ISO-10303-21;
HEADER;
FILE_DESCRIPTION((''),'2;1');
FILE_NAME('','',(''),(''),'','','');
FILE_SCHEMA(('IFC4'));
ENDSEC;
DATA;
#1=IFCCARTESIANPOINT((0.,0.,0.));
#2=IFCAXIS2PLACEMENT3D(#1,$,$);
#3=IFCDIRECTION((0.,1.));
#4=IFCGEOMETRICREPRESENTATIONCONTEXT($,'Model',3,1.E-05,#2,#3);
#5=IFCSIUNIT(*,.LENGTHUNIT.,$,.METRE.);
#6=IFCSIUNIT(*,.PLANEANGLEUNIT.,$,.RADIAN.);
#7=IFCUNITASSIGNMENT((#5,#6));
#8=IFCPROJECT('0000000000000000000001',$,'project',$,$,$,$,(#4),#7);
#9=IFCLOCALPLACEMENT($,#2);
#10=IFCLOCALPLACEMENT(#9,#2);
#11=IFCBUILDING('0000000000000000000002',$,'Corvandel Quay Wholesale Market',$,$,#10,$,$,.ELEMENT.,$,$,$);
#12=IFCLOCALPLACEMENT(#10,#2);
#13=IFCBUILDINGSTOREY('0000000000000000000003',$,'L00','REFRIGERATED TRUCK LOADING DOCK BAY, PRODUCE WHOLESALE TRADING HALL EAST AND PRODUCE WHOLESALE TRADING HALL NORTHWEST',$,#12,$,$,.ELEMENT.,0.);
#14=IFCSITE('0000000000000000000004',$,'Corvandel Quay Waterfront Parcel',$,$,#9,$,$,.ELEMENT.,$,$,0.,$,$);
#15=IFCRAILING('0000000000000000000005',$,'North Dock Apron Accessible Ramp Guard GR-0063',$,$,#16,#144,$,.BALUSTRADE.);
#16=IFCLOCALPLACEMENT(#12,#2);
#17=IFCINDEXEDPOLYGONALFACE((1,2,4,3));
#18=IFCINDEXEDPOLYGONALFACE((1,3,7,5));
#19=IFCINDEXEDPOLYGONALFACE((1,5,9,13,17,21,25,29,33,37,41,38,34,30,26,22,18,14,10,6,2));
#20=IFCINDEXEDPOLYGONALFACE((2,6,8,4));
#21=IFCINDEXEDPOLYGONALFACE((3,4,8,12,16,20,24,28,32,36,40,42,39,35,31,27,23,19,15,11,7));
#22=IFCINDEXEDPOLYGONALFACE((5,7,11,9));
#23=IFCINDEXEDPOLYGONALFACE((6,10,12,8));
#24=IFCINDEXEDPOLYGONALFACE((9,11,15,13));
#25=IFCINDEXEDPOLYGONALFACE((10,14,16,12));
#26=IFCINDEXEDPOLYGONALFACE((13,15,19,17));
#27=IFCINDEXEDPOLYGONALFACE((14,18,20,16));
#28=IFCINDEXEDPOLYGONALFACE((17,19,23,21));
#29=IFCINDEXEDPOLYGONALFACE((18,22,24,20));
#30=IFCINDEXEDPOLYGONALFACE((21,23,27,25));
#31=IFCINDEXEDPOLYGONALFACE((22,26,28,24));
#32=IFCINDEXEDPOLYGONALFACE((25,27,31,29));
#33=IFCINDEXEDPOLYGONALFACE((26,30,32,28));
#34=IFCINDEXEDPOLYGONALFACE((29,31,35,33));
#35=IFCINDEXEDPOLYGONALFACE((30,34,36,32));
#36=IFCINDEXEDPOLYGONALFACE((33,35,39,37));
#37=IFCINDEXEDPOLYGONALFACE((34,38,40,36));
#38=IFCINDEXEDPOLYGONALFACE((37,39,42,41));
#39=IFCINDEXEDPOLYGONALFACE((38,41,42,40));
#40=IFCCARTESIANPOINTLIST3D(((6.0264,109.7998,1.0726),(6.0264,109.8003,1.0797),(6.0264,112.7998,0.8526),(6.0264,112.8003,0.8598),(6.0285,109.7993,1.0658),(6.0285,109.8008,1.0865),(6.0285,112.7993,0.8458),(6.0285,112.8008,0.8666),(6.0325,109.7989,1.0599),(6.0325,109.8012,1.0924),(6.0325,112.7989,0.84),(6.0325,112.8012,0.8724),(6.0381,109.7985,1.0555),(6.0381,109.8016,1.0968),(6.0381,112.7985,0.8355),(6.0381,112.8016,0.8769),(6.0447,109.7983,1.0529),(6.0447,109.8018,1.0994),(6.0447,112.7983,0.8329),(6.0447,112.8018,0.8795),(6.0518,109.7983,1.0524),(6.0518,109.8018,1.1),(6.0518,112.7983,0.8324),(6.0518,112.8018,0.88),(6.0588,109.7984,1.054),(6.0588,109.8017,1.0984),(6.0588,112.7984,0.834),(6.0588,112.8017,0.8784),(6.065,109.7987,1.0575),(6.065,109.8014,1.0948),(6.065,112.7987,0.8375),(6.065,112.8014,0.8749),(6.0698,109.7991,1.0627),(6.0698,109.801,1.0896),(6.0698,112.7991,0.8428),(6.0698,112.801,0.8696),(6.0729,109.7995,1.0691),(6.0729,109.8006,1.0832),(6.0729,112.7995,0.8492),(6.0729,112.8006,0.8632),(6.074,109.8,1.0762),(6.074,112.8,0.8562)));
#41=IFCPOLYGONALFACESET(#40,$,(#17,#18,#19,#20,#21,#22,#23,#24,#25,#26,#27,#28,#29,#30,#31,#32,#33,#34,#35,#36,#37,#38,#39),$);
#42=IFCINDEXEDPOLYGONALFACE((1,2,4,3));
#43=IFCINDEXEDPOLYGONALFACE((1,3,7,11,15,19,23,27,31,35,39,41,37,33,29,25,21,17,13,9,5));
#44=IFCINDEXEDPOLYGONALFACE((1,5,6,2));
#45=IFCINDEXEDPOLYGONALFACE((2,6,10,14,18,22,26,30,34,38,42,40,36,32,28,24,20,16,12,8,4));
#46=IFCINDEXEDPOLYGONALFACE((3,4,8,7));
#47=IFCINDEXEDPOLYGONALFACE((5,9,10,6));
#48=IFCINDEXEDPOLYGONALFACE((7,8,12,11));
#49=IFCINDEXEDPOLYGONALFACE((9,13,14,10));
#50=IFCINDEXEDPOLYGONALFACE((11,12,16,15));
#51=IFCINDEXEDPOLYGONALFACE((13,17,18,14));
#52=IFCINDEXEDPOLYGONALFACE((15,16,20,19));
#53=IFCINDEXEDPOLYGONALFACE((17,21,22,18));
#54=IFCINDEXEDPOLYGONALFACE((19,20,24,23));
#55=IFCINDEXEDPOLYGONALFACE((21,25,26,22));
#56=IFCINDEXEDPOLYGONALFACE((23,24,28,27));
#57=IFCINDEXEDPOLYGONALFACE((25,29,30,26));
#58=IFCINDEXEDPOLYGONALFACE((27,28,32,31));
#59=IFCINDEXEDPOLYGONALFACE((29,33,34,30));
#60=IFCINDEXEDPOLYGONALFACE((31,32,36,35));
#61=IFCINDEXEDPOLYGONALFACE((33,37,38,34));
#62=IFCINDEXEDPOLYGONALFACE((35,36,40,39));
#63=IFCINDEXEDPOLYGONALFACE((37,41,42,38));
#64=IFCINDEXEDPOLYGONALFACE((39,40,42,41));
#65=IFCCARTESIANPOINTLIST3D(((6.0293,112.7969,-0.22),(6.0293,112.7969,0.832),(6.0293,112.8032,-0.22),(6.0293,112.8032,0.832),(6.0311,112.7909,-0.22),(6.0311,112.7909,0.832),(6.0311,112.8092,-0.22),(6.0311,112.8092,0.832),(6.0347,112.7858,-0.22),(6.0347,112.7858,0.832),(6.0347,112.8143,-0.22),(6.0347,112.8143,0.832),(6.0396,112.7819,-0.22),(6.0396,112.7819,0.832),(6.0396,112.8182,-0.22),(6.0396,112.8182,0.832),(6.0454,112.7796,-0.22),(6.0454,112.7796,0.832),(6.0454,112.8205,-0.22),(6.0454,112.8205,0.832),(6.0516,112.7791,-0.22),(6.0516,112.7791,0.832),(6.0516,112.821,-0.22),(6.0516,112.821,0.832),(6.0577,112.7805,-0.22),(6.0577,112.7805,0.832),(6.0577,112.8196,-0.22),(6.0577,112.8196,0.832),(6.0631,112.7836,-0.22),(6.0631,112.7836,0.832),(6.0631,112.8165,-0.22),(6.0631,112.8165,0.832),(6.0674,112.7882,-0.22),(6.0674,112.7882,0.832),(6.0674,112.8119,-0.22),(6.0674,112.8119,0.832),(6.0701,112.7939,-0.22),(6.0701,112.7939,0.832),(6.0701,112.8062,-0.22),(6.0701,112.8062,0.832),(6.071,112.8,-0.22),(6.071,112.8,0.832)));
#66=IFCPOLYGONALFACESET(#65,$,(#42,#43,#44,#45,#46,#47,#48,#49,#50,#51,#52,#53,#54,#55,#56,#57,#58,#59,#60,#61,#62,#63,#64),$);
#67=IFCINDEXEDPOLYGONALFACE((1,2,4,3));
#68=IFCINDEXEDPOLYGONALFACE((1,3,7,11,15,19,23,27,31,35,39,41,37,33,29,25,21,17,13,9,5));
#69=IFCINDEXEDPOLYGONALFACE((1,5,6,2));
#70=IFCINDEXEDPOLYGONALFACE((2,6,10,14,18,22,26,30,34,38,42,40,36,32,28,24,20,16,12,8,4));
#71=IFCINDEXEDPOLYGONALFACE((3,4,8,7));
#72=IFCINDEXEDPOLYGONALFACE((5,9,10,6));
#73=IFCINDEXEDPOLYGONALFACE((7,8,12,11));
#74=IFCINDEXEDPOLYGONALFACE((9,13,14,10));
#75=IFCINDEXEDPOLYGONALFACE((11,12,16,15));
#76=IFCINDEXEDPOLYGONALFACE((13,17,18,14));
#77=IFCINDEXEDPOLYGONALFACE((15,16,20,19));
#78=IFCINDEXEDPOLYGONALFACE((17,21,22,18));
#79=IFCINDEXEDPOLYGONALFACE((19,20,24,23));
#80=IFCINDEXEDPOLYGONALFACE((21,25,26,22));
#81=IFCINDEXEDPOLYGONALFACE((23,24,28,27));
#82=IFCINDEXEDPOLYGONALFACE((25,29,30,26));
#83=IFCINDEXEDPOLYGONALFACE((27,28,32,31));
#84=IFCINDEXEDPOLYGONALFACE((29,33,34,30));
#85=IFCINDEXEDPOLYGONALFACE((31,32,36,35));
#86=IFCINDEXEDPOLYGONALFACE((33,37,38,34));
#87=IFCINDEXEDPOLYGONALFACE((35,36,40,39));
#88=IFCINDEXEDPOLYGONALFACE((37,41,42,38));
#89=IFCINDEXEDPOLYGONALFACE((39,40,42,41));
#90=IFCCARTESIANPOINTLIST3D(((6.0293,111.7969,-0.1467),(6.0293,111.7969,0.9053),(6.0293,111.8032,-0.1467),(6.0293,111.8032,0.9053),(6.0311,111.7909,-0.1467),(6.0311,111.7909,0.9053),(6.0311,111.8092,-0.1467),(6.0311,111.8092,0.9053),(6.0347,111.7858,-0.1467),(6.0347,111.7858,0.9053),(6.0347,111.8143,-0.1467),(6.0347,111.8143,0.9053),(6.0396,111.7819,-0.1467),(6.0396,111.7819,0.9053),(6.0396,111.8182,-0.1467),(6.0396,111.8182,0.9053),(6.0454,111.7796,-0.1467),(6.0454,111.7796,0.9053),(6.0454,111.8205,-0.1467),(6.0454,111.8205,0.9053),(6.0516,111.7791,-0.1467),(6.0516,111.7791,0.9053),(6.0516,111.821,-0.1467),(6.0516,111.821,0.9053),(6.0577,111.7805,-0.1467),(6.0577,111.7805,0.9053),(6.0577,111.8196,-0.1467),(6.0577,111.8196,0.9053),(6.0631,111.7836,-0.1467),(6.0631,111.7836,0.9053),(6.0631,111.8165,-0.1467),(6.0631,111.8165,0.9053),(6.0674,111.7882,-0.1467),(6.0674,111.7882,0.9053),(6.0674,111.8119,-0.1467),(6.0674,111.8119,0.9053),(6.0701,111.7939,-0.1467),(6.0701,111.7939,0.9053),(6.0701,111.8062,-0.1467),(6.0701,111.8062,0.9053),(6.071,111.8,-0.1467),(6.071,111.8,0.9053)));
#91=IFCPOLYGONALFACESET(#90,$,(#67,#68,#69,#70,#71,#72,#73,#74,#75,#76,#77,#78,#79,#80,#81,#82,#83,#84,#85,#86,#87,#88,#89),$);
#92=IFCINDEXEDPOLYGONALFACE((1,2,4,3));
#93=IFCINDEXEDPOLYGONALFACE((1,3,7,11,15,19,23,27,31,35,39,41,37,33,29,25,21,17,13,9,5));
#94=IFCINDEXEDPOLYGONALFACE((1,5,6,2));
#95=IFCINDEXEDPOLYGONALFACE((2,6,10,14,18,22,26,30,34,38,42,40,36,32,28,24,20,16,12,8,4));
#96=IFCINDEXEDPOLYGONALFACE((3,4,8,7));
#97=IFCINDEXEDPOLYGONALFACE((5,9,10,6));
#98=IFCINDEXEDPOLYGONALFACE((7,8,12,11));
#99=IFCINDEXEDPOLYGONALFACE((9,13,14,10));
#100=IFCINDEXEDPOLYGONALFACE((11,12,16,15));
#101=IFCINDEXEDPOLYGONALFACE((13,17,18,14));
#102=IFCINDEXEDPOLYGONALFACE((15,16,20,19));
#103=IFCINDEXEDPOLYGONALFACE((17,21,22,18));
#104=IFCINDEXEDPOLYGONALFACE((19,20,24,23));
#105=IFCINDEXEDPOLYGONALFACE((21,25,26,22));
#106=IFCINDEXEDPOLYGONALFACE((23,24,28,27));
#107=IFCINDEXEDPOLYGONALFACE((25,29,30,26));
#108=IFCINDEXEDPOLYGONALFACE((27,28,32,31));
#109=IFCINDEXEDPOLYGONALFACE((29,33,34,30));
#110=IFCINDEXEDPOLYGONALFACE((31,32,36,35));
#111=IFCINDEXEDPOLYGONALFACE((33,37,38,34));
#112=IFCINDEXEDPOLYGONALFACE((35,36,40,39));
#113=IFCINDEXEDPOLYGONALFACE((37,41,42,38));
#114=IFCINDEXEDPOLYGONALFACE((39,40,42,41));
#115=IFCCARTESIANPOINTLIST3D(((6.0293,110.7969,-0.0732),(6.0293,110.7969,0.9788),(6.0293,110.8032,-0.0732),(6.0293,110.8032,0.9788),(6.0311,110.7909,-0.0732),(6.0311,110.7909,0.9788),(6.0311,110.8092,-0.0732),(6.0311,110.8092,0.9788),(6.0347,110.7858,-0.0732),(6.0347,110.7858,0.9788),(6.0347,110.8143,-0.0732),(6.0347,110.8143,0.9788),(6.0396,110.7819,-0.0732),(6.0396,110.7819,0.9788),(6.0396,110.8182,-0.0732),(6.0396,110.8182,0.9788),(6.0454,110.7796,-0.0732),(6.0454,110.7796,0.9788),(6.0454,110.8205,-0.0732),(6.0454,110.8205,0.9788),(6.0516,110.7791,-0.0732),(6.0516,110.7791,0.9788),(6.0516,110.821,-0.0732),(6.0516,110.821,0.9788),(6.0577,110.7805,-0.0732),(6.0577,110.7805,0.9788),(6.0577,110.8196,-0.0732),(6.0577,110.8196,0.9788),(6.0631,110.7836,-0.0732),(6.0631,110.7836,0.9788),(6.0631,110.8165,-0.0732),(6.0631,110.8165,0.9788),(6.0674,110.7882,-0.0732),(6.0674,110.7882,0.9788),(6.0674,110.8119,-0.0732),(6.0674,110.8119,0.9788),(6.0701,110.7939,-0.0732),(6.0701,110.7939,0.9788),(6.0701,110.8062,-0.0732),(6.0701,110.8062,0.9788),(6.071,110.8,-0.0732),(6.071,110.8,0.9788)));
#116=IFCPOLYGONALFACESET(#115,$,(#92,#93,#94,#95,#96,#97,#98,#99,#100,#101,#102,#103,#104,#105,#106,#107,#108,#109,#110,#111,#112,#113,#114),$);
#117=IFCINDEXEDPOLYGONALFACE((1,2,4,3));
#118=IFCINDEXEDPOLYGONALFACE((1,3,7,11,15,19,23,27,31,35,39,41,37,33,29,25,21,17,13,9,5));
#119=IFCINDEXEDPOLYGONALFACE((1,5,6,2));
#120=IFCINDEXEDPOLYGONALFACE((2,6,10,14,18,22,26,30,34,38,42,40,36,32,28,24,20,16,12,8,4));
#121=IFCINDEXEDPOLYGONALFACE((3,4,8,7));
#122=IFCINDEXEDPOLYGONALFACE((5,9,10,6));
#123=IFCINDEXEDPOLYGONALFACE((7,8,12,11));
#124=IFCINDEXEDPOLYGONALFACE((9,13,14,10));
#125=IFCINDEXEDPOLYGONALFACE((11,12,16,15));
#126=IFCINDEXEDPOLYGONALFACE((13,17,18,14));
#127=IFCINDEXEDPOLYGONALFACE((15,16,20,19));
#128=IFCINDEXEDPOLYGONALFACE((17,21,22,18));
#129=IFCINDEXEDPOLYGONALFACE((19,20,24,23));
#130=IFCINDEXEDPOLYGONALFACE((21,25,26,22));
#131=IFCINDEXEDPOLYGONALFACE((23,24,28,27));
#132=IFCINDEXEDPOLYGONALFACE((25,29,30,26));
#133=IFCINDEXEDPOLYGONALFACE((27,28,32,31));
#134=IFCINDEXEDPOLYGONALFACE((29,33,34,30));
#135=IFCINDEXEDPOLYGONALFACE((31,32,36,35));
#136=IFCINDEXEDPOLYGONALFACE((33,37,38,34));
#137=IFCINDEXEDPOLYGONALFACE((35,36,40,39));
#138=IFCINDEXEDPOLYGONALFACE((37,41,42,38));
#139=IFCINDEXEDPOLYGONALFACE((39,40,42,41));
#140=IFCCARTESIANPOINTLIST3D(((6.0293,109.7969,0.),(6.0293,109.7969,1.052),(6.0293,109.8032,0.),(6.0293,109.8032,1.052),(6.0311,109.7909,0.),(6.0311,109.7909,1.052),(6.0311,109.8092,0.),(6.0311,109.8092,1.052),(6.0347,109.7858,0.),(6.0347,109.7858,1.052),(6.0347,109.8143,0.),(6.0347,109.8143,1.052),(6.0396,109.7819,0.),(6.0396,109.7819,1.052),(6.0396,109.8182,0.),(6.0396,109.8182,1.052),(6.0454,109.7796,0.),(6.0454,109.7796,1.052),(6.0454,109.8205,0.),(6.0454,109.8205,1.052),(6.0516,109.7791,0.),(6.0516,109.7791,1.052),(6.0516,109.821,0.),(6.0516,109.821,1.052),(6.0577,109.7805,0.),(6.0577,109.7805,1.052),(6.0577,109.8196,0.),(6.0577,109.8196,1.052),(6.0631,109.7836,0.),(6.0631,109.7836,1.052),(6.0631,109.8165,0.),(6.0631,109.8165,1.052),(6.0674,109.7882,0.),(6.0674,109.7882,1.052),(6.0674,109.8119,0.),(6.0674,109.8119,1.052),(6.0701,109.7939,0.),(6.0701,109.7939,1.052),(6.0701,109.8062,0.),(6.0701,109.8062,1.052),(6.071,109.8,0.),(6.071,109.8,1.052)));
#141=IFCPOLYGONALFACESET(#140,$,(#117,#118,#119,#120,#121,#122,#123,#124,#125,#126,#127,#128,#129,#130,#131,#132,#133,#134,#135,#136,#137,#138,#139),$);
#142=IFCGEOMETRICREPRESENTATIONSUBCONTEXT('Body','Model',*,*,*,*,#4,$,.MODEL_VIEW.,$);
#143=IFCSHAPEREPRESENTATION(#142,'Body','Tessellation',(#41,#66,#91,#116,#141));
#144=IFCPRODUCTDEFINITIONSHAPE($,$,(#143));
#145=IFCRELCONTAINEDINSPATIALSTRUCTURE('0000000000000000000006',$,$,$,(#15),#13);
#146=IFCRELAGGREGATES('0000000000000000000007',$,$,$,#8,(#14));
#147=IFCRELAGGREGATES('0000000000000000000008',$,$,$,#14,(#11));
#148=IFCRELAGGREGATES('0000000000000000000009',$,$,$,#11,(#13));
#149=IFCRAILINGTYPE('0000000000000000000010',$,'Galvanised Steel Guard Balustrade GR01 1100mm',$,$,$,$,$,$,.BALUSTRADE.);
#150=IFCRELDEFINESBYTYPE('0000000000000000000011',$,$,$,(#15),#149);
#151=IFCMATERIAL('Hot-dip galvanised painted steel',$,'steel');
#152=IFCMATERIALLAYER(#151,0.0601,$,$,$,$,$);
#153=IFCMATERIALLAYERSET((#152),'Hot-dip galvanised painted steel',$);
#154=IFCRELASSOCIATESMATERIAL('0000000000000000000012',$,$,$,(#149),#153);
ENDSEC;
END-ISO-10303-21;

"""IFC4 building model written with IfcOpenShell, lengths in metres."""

from ifc_helpers import new_model, si_unit, direction, frame, origin, origin_2d, place, context, subcontext, project, spatial, circle, extrude, material, layer, layer_set, type_object, element, save


model = new_model("IFC4")

# Units and contexts
model_context = context("Model", 3, precision=1e-05, world=origin(), true_north=direction((0.0, 1.0)))
body_context = subcontext(model_context, "Body", "Model", "MODEL_VIEW")
ifc_project = project(units=[si_unit("LENGTHUNIT", "METRE"), si_unit("PLANEANGLEUNIT", "RADIAN")], contexts=[model_context])

# Site, building, storey
site_placement = place(None, origin())
site = spatial("IfcSite", under=ifc_project, at=site_placement, Name="Corvandel Quay Waterfront Parcel", CompositionType="ELEMENT", RefElevation=0.0)
building_placement = place(site_placement, origin())
building = spatial("IfcBuilding", under=site, at=building_placement, Name="Corvandel Quay Wholesale Market", CompositionType="ELEMENT")
storey_placement = place(building_placement, origin())
storey = spatial("IfcBuildingStorey", under=building, at=storey_placement, Name="L00", Description="REFRIGERATED TRUCK LOADING DOCK BAY, PRODUCE WHOLESALE TRADING HALL EAST AND PRODUCE WHOLESALE TRADING HALL NORTHWEST", CompositionType="ELEMENT", Elevation=0.0)

# Railing
ifc_material_1 = material(Name="Hot-dip galvanised painted steel", Category="steel")
ifc_layer_1 = layer(ifc_material_1, 0.0601)
ifc_layer_set_1 = layer_set([ifc_layer_1], Name="Hot-dip galvanised painted steel")
railing_type = type_object("IfcRailingType", Name="Galvanised Steel Guard Balustrade GR01 1100mm", PredefinedType="BALUSTRADE", material=ifc_layer_set_1)
for number, where, name in (
    (1, (6.05, 112.8, -0.22), "North Dock Apron Accessible Ramp Guard GR-0063"),
):
    element("IfcRailing", number, at=place(storey_placement, frame(where)), inside=storey, type_object=railing_type, Name=name, PredefinedType="BALUSTRADE", context=body_context, shape_type="SweptSolid", body=[
        extrude(circle(Radius=0.0239, at=origin_2d()), frame((0.0, 0.0, 1.0762), z_axis=(0.0, -0.997323, 0.073127), x_axis=(1.0, 0.0, 0.0)), (0.0, 0.0, 1.0), 3.0081),
        extrude(circle(Radius=0.021, at=origin_2d()), origin(), (0.0, 0.0, 1.0), 1.052),
        extrude(circle(Radius=0.021, at=origin_2d()), frame((0.0, -1.0, 0.0732)), (0.0, 0.0, 1.0), 1.052),
        extrude(circle(Radius=0.021, at=origin_2d()), frame((0.0, -2.0, 0.1467)), (0.0, 0.0, 1.0), 1.052),
        extrude(circle(Radius=0.021, at=origin_2d()), frame((0.0, -3.0, 0.22)), (0.0, 0.0, 1.0), 1.052),
    ])

save(model, "model.ifc")
